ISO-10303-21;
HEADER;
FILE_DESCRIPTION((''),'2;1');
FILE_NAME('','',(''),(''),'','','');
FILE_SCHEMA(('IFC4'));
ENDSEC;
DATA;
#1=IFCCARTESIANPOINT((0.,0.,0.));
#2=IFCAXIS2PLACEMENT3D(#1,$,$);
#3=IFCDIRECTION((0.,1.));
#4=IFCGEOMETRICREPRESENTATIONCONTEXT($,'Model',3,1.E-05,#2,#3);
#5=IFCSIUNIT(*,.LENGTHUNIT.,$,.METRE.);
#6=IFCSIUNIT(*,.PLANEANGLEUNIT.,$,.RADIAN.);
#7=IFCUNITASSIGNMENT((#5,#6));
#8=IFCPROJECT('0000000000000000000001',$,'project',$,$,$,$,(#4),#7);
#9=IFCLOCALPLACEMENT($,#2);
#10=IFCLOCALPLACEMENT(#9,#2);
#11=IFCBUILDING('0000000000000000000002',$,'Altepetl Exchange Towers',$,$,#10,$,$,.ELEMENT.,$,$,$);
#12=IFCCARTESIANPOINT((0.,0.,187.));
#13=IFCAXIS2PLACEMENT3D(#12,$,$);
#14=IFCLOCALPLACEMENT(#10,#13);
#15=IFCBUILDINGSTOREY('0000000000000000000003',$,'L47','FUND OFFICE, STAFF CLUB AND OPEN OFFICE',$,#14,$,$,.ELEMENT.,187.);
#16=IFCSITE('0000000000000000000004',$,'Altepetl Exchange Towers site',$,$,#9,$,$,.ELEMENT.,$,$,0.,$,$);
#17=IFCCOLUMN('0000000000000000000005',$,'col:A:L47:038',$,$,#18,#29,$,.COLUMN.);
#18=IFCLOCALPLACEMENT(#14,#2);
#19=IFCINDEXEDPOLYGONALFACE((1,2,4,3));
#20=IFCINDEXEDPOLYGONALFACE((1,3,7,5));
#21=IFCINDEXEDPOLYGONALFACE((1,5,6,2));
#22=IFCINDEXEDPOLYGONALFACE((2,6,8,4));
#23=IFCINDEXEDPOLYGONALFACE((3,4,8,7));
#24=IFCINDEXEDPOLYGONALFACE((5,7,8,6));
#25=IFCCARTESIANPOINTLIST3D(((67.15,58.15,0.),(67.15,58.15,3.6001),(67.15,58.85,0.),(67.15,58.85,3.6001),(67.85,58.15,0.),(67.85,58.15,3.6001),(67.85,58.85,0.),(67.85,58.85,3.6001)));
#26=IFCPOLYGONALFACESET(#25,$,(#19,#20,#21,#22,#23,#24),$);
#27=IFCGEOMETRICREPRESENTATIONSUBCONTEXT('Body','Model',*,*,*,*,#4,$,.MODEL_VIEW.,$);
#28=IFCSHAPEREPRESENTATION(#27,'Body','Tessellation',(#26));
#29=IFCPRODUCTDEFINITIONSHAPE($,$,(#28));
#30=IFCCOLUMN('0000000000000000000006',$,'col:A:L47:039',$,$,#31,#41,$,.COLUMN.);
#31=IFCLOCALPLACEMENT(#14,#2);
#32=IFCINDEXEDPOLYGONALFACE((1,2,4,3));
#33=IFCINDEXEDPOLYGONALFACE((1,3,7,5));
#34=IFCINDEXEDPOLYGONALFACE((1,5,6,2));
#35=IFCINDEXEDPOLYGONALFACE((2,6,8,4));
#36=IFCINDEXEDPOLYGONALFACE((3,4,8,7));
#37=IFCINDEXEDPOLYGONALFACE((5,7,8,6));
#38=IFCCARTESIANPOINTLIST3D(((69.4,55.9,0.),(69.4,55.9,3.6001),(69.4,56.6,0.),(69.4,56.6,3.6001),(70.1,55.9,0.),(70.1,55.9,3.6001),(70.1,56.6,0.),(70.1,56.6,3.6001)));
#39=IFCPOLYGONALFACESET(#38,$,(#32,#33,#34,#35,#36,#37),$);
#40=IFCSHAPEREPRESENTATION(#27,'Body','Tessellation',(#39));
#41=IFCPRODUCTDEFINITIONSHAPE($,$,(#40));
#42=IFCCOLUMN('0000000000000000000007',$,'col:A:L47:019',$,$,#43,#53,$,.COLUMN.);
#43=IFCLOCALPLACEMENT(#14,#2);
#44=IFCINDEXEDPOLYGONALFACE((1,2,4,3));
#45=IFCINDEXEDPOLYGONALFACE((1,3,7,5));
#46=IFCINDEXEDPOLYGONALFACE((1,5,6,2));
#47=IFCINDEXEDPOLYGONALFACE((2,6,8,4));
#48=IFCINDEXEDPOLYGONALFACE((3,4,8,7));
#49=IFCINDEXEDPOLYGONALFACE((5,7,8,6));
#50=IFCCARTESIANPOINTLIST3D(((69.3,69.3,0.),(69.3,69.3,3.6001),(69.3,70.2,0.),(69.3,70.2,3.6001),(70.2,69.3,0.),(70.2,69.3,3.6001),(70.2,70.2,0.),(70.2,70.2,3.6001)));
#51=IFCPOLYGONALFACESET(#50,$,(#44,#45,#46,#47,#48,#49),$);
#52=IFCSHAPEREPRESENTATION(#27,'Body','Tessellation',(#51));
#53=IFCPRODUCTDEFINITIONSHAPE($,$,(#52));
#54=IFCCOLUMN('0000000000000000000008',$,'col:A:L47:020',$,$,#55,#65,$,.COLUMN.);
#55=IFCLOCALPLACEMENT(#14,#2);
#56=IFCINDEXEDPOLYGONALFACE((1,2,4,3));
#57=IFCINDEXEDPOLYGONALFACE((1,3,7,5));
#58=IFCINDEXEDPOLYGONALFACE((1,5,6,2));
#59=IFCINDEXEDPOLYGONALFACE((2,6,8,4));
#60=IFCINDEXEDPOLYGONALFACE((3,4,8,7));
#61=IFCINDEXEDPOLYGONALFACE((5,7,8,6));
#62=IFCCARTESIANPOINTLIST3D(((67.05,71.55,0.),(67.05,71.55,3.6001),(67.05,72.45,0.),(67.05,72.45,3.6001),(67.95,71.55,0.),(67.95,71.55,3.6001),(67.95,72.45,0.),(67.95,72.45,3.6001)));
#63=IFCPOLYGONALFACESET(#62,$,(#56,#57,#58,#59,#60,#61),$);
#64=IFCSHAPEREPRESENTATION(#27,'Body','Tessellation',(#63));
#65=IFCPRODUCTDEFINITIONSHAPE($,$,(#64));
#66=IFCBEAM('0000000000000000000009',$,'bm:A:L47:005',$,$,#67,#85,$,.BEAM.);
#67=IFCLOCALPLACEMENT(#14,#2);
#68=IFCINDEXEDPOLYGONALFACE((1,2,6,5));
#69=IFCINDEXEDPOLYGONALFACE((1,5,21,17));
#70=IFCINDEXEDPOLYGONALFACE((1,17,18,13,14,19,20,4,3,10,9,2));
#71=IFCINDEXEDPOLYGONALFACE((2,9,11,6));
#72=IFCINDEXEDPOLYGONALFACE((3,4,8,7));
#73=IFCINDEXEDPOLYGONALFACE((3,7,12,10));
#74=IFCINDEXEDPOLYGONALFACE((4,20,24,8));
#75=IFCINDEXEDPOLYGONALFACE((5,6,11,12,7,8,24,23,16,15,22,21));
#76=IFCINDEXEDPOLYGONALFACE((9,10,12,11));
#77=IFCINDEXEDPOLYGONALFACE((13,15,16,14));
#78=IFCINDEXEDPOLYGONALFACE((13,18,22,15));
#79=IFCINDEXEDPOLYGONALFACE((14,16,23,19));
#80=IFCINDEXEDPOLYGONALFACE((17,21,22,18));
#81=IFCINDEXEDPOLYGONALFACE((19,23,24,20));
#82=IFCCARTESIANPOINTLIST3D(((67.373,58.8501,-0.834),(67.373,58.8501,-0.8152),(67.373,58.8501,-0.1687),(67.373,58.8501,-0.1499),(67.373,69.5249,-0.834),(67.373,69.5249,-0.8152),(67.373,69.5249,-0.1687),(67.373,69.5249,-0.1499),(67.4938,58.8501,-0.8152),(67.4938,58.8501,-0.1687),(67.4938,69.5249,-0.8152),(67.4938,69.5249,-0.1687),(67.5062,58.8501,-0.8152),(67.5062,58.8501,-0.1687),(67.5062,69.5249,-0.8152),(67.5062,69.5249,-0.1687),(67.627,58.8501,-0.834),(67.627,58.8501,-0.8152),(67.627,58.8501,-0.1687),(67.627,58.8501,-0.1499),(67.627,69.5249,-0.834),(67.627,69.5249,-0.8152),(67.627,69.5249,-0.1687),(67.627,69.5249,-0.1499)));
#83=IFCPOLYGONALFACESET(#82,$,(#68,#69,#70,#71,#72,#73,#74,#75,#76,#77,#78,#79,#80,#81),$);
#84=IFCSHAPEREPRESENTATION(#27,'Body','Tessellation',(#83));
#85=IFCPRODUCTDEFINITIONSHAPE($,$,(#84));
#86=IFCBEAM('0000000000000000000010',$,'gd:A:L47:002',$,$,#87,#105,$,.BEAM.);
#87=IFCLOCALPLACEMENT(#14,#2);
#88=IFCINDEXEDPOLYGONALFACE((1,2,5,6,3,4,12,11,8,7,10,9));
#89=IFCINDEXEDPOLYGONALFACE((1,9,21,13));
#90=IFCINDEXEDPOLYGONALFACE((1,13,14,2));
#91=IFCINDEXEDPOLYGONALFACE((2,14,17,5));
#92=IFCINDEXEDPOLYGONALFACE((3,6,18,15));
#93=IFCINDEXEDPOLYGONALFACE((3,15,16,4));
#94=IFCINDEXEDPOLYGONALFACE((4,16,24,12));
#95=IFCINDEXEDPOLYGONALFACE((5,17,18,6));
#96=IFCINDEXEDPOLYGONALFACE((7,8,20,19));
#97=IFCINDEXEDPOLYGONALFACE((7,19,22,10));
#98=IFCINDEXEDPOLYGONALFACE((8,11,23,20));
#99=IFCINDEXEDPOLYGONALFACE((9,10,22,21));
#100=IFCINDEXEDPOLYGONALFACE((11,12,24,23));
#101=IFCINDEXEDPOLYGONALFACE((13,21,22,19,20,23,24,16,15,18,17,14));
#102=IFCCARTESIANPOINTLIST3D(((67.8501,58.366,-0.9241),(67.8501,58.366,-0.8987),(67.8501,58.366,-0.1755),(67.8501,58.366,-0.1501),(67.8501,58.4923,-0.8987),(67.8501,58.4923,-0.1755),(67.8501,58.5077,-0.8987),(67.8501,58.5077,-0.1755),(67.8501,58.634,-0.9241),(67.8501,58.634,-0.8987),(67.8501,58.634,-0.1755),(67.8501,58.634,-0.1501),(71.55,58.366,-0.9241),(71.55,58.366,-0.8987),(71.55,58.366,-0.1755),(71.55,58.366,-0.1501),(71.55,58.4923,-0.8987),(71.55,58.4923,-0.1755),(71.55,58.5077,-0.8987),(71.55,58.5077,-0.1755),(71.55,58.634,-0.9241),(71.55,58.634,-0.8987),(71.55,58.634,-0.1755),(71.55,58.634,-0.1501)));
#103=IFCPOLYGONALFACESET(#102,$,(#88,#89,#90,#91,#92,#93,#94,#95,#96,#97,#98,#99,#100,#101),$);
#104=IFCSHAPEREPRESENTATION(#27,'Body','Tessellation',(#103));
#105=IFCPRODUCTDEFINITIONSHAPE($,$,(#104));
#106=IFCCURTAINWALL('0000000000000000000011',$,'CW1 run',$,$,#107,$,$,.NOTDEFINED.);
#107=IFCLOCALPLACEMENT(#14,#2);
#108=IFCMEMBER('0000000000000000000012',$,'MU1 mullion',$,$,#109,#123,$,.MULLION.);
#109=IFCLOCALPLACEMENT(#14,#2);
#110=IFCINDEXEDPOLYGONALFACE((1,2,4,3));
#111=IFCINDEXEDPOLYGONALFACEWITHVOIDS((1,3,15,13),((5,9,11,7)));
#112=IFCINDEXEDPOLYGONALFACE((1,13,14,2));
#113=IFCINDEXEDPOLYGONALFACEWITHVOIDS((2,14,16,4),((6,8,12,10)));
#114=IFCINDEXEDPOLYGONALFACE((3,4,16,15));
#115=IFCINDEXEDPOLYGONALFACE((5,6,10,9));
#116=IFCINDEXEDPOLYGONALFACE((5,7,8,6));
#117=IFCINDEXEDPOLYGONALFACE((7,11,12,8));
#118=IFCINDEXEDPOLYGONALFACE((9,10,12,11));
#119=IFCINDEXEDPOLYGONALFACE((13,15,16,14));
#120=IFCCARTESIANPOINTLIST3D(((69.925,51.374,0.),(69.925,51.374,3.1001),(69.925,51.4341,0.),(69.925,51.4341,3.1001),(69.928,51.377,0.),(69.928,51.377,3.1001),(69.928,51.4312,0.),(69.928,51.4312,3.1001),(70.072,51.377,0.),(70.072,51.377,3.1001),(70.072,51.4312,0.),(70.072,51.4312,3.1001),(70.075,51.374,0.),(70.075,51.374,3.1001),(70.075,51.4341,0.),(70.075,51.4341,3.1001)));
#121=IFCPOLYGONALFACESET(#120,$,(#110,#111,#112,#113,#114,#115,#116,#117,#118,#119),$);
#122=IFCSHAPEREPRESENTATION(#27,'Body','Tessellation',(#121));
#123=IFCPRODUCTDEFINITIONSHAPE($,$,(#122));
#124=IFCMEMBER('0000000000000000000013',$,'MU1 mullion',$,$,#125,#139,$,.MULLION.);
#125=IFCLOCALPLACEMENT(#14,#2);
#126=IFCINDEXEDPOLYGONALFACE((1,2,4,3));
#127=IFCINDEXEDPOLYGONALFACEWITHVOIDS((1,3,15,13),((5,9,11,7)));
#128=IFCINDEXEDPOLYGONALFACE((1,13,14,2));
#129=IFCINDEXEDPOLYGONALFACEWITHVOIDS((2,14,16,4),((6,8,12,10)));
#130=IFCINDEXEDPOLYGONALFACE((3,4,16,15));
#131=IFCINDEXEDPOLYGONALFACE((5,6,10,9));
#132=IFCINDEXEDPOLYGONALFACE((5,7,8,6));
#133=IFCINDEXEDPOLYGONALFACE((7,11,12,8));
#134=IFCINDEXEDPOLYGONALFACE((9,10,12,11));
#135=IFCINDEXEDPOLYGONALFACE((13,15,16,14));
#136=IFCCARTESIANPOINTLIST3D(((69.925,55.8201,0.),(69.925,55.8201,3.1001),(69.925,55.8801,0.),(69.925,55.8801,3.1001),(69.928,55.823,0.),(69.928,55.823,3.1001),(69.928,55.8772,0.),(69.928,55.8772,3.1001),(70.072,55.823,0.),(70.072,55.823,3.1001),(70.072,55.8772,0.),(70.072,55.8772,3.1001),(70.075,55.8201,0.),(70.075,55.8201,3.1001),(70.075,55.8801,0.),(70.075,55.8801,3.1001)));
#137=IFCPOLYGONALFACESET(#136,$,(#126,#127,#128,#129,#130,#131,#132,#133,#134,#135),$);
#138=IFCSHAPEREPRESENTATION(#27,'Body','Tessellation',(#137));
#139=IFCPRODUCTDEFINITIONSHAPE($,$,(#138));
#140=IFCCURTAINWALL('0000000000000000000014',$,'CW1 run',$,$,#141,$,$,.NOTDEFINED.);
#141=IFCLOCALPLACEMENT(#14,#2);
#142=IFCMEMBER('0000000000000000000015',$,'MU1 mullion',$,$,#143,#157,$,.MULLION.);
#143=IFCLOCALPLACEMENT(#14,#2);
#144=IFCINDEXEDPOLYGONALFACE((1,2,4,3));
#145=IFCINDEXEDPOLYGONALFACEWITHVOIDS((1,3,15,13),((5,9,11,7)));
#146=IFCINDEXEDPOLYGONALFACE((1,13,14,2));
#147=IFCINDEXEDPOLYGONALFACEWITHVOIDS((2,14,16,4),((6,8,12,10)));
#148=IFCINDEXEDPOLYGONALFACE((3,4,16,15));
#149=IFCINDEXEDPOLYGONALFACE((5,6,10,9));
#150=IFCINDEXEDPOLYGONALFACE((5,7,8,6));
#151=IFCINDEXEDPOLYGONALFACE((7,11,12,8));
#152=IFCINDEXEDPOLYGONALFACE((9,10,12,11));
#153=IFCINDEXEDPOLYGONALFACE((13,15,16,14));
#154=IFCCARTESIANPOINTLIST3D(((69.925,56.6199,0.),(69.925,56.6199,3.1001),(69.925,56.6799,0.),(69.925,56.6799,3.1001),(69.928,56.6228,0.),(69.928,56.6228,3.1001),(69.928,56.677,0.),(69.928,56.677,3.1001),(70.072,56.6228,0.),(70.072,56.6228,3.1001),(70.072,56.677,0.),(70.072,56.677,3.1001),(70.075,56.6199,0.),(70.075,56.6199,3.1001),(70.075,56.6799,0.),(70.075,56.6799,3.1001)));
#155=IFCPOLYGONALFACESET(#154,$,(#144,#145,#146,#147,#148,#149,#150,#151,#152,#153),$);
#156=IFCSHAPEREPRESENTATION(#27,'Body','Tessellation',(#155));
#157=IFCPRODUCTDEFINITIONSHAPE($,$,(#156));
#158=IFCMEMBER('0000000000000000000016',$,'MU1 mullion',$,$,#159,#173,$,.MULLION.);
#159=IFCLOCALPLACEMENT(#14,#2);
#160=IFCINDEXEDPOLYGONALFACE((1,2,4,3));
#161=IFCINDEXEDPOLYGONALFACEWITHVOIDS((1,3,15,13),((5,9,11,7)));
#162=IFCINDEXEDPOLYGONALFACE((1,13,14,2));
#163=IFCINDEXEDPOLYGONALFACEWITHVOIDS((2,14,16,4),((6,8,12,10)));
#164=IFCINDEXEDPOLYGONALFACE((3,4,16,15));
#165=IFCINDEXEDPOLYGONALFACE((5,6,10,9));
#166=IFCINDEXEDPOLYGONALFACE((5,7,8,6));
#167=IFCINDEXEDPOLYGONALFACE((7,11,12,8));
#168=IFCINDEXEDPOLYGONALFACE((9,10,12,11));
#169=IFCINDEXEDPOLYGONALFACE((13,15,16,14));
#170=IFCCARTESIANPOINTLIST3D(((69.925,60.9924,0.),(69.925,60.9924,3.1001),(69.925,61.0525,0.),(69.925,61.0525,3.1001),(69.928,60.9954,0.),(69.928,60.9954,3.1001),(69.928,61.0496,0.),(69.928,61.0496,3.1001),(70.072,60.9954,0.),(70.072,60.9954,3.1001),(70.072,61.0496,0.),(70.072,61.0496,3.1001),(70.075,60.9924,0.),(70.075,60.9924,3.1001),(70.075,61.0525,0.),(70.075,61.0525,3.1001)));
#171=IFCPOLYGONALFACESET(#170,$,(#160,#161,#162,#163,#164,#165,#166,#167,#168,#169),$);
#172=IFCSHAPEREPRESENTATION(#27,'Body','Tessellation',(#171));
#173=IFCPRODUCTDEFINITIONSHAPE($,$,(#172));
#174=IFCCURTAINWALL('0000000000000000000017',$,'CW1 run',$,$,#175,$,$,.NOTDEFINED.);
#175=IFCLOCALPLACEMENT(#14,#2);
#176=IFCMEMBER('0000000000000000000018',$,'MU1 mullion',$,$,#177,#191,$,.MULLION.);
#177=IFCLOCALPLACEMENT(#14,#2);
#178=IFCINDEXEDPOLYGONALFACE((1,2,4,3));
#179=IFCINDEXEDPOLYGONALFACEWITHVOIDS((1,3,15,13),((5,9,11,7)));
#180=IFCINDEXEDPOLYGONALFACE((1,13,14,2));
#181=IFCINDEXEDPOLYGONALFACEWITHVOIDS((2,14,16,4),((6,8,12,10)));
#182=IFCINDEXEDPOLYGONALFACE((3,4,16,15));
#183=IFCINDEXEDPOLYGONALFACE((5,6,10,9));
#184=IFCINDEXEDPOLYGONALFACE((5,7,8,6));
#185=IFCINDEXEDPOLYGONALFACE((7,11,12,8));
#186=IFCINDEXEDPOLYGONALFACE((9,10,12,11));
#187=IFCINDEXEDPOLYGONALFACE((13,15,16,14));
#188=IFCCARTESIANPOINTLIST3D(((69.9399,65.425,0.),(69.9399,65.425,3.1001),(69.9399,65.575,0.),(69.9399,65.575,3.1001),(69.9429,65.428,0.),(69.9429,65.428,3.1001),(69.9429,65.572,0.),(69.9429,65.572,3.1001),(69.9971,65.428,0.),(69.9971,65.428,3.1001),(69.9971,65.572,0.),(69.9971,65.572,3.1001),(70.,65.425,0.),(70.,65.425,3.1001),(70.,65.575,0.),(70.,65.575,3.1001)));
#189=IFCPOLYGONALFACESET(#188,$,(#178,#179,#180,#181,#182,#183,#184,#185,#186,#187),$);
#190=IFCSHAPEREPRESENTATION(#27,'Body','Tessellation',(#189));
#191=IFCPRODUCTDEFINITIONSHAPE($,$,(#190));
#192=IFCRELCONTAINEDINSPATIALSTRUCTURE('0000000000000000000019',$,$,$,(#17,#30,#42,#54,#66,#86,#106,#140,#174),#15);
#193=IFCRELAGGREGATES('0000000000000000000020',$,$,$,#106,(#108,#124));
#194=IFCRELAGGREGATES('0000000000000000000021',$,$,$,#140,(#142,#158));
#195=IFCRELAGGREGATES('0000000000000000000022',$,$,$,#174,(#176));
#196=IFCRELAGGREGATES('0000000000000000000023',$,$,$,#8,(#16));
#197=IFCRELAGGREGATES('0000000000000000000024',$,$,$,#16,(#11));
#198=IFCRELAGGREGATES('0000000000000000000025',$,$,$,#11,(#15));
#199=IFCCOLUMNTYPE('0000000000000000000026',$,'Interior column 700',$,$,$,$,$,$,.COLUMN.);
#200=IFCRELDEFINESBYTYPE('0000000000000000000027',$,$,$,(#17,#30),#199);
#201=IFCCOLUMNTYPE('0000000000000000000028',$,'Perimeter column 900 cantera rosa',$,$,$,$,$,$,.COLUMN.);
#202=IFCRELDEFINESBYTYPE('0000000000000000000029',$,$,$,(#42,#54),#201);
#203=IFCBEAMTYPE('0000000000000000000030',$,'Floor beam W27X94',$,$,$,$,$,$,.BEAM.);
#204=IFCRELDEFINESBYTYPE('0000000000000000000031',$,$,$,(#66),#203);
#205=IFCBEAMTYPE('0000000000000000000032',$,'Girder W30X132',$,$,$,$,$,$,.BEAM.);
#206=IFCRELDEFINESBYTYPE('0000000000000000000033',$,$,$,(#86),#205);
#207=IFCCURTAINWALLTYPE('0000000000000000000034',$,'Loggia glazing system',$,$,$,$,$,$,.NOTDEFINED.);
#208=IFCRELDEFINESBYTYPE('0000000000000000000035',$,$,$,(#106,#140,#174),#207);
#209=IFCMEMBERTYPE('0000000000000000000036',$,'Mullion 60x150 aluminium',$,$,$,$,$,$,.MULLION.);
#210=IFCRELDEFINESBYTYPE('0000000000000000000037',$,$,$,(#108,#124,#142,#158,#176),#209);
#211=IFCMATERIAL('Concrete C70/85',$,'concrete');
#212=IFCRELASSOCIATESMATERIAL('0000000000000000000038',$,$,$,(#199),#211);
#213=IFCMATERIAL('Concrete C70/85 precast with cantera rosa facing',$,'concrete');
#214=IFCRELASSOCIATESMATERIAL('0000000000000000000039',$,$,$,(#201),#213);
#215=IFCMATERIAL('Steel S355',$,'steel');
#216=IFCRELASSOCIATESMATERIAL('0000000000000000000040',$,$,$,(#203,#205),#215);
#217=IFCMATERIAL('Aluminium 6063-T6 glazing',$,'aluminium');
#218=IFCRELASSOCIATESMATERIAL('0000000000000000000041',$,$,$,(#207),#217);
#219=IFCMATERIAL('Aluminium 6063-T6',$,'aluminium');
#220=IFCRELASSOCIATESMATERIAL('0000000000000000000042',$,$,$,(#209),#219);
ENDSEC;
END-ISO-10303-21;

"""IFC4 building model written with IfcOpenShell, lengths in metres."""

from ifc_helpers import new_model, si_unit, direction, frame, origin, origin_2d, place, context, subcontext, project, spatial, rectangle, hollow_rectangle, i_section, extrude, material, material_profile, profile_set, type_object, element, aggregate, save


model = new_model("IFC4")

# Units and contexts
model_context = context("Model", 3, precision=1e-05, world=origin(), true_north=direction((0.0, 1.0)))
body_context = subcontext(model_context, "Body", "Model", "MODEL_VIEW")
ifc_project = project(units=[si_unit("LENGTHUNIT", "METRE"), si_unit("PLANEANGLEUNIT", "RADIAN")], contexts=[model_context])

# Site, building, storey
site_placement = place(None, origin())
site = spatial("IfcSite", under=ifc_project, at=site_placement, Name="Altepetl Exchange Towers site", CompositionType="ELEMENT", RefElevation=0.0)
building_placement = place(site_placement, origin())
building = spatial("IfcBuilding", under=site, at=building_placement, Name="Altepetl Exchange Towers", CompositionType="ELEMENT")
storey_placement = place(building_placement, frame((0.0, 0.0, 187.0)))
storey = spatial("IfcBuildingStorey", under=building, at=storey_placement, Name="L47", Description="FUND OFFICE, STAFF CLUB AND OPEN OFFICE", CompositionType="ELEMENT", Elevation=187.0)

# Columns
ifc_material_1 = material(Name="Concrete C70/85", Category="concrete")
ifc_material_profile_1 = material_profile(ifc_material_1, rectangle(XDim=0.7, YDim=0.7, at=origin_2d()), Name="700 x 700")
ifc_profile_set_1 = profile_set([ifc_material_profile_1], Name="Concrete C70/85")
column_type_1 = type_object("IfcColumnType", Name="Interior column 700", PredefinedType="COLUMN", material=ifc_profile_set_1)
for number, where, name in (
    (1, (67.5, 58.5, 0.0), "col:A:L47:038"),
    (2, (69.75, 56.25, 0.0), "col:A:L47:039"),
):
    element("IfcColumn", number, at=place(storey_placement, frame(where)), inside=storey, type_object=column_type_1, Name=name, PredefinedType="COLUMN", context=body_context, shape_type="SweptSolid", body=[
        extrude(rectangle(XDim=0.7, YDim=0.7, at=origin_2d()), origin(), (0.0, 0.0, 1.0), 3.6001),
    ])
ifc_material_2 = material(Name="Concrete C70/85 precast with cantera rosa facing", Category="concrete")
ifc_material_profile_2 = material_profile(ifc_material_2, rectangle(XDim=0.8999, YDim=0.8999, at=origin_2d()), Name="900 x 900")
ifc_profile_set_2 = profile_set([ifc_material_profile_2], Name="Concrete C70/85 precast with cantera rosa facing")
column_type_2 = type_object("IfcColumnType", Name="Perimeter column 900 cantera rosa", PredefinedType="COLUMN", material=ifc_profile_set_2)
for number, where, name in (
    (3, (69.75, 69.75, 0.0), "col:A:L47:019"),
    (4, (67.5, 72.0, 0.0), "col:A:L47:020"),
):
    element("IfcColumn", number, at=place(storey_placement, frame(where)), inside=storey, type_object=column_type_2, Name=name, PredefinedType="COLUMN", context=body_context, shape_type="SweptSolid", body=[
        extrude(rectangle(XDim=0.8999, YDim=0.8999, at=origin_2d()), origin(), (0.0, 0.0, 1.0), 3.6001),
    ])

# Beams
ifc_material_3 = material(Name="Steel S355", Category="steel")
ifc_material_profile_3 = material_profile(ifc_material_3, i_section(OverallWidth=0.2539, OverallDepth=0.6841, WebThickness=0.0125, FlangeThickness=0.0188, at=origin_2d()), Name="W27X94")
ifc_profile_set_3 = profile_set([ifc_material_profile_3], Name="Steel S355")
beam_type_1 = type_object("IfcBeamType", Name="Floor beam W27X94", PredefinedType="BEAM", material=ifc_profile_set_3)
beam_1_placement = place(storey_placement, frame((67.5, 58.8501, -0.4919), z_axis=(0.0, 1.0, 0.0), x_axis=(-1.0, 0.0, 0.0)))
element("IfcBeam", 5, at=beam_1_placement, inside=storey, type_object=beam_type_1, Name="bm:A:L47:005", PredefinedType="BEAM", context=body_context, shape_type="SweptSolid", body=[
    extrude(i_section(OverallWidth=0.2539, OverallDepth=0.6841, WebThickness=0.0125, FlangeThickness=0.0188, at=origin_2d()), origin(), (0.0, 0.0, 1.0), 10.6748),
])
ifc_material_profile_4 = material_profile(ifc_material_3, i_section(OverallWidth=0.2681, OverallDepth=0.7739, WebThickness=0.0154, FlangeThickness=0.0254, at=origin_2d()), Name="W30X132")
ifc_profile_set_4 = profile_set([ifc_material_profile_4], Name="Steel S355")
beam_type_2 = type_object("IfcBeamType", Name="Girder W30X132", PredefinedType="BEAM", material=ifc_profile_set_4)
beam_2_placement = place(storey_placement, frame((67.8501, 58.5, -0.5371), z_axis=(1.0, 0.0, 0.0), x_axis=(0.0, 1.0, 0.0)))
element("IfcBeam", 6, at=beam_2_placement, inside=storey, type_object=beam_type_2, Name="gd:A:L47:002", PredefinedType="BEAM", context=body_context, shape_type="SweptSolid", body=[
    extrude(i_section(OverallWidth=0.2681, OverallDepth=0.7739, WebThickness=0.0154, FlangeThickness=0.0254, at=origin_2d()), origin(), (0.0, 0.0, 1.0), 3.7),
])

# Curtain walls, members
ifc_material_4 = material(Name="Aluminium 6063-T6 glazing", Category="aluminium")
curtain_wall_type = type_object("IfcCurtainWallType", Name="Loggia glazing system", PredefinedType="NOTDEFINED", material=ifc_material_4)
curtain_wall_1_placement = place(storey_placement, origin())
curtain_wall_1 = element("IfcCurtainWall", 7, at=curtain_wall_1_placement, inside=storey, type_object=curtain_wall_type, Name="CW1 run", PredefinedType="NOTDEFINED")
ifc_material_5 = material(Name="Aluminium 6063-T6", Category="aluminium")
ifc_material_profile_5 = material_profile(ifc_material_5, hollow_rectangle(XDim=0.0601, YDim=0.1499, WallThickness=0.0029, at=origin_2d()), Name="Mullion 60x150 aluminium")
ifc_profile_set_5 = profile_set([ifc_material_profile_5], Name="Aluminium 6063-T6")
member_type = type_object("IfcMemberType", Name="Mullion 60x150 aluminium", PredefinedType="MULLION", material=ifc_profile_set_5)
member_1_placement = place(storey_placement, frame((70.0, 51.4041, 0.0), z_axis=(0.0, 0.0, 1.0), x_axis=(0.0, 1.0, 0.0)))
member_1 = element("IfcMember", 8, at=member_1_placement, type_object=member_type, Name="MU1 mullion", PredefinedType="MULLION", context=body_context, shape_type="SweptSolid", body=[
    extrude(hollow_rectangle(XDim=0.0601, YDim=0.1499, WallThickness=0.0029, at=origin_2d()), origin(), (0.0, 0.0, 1.0), 3.1001),
])
member_2_placement = place(storey_placement, frame((70.0, 55.8501, 0.0), z_axis=(0.0, 0.0, 1.0), x_axis=(0.0, 1.0, 0.0)))
member_2 = element("IfcMember", 9, at=member_2_placement, type_object=member_type, Name="MU1 mullion", PredefinedType="MULLION", context=body_context, shape_type="SweptSolid", body=[
    extrude(hollow_rectangle(XDim=0.0601, YDim=0.1499, WallThickness=0.0029, at=origin_2d()), origin(), (0.0, 0.0, 1.0), 3.1001),
])
curtain_wall_2_placement = place(storey_placement, origin())
curtain_wall_2 = element("IfcCurtainWall", 10, at=curtain_wall_2_placement, inside=storey, type_object=curtain_wall_type, Name="CW1 run", PredefinedType="NOTDEFINED")
member_3_placement = place(storey_placement, frame((70.0, 56.6499, 0.0), z_axis=(0.0, 0.0, 1.0), x_axis=(0.0, 1.0, 0.0)))
member_3 = element("IfcMember", 11, at=member_3_placement, type_object=member_type, Name="MU1 mullion", PredefinedType="MULLION", context=body_context, shape_type="SweptSolid", body=[
    extrude(hollow_rectangle(XDim=0.0601, YDim=0.1499, WallThickness=0.0029, at=origin_2d()), origin(), (0.0, 0.0, 1.0), 3.1001),
])
member_4_placement = place(storey_placement, frame((70.0, 61.0225, 0.0), z_axis=(0.0, 0.0, 1.0), x_axis=(0.0, 1.0, 0.0)))
member_4 = element("IfcMember", 12, at=member_4_placement, type_object=member_type, Name="MU1 mullion", PredefinedType="MULLION", context=body_context, shape_type="SweptSolid", body=[
    extrude(hollow_rectangle(XDim=0.0601, YDim=0.1499, WallThickness=0.0029, at=origin_2d()), origin(), (0.0, 0.0, 1.0), 3.1001),
])
curtain_wall_3_placement = place(storey_placement, origin())
curtain_wall_3 = element("IfcCurtainWall", 13, at=curtain_wall_3_placement, inside=storey, type_object=curtain_wall_type, Name="CW1 run", PredefinedType="NOTDEFINED")
member_5_placement = place(storey_placement, frame((69.97, 65.5, 0.0), z_axis=(0.0, 0.0, 1.0), x_axis=(-1.0, 0.0, 0.0)))
member_5 = element("IfcMember", 14, at=member_5_placement, type_object=member_type, Name="MU1 mullion", PredefinedType="MULLION", context=body_context, shape_type="SweptSolid", body=[
    extrude(hollow_rectangle(XDim=0.0601, YDim=0.1499, WallThickness=0.0029, at=origin_2d()), origin(), (0.0, 0.0, 1.0), 3.1001),
])

aggregate(curtain_wall_1, [member_1, member_2])
aggregate(curtain_wall_2, [member_3, member_4])
aggregate(curtain_wall_3, [member_5])

save(model, "model.ifc")
